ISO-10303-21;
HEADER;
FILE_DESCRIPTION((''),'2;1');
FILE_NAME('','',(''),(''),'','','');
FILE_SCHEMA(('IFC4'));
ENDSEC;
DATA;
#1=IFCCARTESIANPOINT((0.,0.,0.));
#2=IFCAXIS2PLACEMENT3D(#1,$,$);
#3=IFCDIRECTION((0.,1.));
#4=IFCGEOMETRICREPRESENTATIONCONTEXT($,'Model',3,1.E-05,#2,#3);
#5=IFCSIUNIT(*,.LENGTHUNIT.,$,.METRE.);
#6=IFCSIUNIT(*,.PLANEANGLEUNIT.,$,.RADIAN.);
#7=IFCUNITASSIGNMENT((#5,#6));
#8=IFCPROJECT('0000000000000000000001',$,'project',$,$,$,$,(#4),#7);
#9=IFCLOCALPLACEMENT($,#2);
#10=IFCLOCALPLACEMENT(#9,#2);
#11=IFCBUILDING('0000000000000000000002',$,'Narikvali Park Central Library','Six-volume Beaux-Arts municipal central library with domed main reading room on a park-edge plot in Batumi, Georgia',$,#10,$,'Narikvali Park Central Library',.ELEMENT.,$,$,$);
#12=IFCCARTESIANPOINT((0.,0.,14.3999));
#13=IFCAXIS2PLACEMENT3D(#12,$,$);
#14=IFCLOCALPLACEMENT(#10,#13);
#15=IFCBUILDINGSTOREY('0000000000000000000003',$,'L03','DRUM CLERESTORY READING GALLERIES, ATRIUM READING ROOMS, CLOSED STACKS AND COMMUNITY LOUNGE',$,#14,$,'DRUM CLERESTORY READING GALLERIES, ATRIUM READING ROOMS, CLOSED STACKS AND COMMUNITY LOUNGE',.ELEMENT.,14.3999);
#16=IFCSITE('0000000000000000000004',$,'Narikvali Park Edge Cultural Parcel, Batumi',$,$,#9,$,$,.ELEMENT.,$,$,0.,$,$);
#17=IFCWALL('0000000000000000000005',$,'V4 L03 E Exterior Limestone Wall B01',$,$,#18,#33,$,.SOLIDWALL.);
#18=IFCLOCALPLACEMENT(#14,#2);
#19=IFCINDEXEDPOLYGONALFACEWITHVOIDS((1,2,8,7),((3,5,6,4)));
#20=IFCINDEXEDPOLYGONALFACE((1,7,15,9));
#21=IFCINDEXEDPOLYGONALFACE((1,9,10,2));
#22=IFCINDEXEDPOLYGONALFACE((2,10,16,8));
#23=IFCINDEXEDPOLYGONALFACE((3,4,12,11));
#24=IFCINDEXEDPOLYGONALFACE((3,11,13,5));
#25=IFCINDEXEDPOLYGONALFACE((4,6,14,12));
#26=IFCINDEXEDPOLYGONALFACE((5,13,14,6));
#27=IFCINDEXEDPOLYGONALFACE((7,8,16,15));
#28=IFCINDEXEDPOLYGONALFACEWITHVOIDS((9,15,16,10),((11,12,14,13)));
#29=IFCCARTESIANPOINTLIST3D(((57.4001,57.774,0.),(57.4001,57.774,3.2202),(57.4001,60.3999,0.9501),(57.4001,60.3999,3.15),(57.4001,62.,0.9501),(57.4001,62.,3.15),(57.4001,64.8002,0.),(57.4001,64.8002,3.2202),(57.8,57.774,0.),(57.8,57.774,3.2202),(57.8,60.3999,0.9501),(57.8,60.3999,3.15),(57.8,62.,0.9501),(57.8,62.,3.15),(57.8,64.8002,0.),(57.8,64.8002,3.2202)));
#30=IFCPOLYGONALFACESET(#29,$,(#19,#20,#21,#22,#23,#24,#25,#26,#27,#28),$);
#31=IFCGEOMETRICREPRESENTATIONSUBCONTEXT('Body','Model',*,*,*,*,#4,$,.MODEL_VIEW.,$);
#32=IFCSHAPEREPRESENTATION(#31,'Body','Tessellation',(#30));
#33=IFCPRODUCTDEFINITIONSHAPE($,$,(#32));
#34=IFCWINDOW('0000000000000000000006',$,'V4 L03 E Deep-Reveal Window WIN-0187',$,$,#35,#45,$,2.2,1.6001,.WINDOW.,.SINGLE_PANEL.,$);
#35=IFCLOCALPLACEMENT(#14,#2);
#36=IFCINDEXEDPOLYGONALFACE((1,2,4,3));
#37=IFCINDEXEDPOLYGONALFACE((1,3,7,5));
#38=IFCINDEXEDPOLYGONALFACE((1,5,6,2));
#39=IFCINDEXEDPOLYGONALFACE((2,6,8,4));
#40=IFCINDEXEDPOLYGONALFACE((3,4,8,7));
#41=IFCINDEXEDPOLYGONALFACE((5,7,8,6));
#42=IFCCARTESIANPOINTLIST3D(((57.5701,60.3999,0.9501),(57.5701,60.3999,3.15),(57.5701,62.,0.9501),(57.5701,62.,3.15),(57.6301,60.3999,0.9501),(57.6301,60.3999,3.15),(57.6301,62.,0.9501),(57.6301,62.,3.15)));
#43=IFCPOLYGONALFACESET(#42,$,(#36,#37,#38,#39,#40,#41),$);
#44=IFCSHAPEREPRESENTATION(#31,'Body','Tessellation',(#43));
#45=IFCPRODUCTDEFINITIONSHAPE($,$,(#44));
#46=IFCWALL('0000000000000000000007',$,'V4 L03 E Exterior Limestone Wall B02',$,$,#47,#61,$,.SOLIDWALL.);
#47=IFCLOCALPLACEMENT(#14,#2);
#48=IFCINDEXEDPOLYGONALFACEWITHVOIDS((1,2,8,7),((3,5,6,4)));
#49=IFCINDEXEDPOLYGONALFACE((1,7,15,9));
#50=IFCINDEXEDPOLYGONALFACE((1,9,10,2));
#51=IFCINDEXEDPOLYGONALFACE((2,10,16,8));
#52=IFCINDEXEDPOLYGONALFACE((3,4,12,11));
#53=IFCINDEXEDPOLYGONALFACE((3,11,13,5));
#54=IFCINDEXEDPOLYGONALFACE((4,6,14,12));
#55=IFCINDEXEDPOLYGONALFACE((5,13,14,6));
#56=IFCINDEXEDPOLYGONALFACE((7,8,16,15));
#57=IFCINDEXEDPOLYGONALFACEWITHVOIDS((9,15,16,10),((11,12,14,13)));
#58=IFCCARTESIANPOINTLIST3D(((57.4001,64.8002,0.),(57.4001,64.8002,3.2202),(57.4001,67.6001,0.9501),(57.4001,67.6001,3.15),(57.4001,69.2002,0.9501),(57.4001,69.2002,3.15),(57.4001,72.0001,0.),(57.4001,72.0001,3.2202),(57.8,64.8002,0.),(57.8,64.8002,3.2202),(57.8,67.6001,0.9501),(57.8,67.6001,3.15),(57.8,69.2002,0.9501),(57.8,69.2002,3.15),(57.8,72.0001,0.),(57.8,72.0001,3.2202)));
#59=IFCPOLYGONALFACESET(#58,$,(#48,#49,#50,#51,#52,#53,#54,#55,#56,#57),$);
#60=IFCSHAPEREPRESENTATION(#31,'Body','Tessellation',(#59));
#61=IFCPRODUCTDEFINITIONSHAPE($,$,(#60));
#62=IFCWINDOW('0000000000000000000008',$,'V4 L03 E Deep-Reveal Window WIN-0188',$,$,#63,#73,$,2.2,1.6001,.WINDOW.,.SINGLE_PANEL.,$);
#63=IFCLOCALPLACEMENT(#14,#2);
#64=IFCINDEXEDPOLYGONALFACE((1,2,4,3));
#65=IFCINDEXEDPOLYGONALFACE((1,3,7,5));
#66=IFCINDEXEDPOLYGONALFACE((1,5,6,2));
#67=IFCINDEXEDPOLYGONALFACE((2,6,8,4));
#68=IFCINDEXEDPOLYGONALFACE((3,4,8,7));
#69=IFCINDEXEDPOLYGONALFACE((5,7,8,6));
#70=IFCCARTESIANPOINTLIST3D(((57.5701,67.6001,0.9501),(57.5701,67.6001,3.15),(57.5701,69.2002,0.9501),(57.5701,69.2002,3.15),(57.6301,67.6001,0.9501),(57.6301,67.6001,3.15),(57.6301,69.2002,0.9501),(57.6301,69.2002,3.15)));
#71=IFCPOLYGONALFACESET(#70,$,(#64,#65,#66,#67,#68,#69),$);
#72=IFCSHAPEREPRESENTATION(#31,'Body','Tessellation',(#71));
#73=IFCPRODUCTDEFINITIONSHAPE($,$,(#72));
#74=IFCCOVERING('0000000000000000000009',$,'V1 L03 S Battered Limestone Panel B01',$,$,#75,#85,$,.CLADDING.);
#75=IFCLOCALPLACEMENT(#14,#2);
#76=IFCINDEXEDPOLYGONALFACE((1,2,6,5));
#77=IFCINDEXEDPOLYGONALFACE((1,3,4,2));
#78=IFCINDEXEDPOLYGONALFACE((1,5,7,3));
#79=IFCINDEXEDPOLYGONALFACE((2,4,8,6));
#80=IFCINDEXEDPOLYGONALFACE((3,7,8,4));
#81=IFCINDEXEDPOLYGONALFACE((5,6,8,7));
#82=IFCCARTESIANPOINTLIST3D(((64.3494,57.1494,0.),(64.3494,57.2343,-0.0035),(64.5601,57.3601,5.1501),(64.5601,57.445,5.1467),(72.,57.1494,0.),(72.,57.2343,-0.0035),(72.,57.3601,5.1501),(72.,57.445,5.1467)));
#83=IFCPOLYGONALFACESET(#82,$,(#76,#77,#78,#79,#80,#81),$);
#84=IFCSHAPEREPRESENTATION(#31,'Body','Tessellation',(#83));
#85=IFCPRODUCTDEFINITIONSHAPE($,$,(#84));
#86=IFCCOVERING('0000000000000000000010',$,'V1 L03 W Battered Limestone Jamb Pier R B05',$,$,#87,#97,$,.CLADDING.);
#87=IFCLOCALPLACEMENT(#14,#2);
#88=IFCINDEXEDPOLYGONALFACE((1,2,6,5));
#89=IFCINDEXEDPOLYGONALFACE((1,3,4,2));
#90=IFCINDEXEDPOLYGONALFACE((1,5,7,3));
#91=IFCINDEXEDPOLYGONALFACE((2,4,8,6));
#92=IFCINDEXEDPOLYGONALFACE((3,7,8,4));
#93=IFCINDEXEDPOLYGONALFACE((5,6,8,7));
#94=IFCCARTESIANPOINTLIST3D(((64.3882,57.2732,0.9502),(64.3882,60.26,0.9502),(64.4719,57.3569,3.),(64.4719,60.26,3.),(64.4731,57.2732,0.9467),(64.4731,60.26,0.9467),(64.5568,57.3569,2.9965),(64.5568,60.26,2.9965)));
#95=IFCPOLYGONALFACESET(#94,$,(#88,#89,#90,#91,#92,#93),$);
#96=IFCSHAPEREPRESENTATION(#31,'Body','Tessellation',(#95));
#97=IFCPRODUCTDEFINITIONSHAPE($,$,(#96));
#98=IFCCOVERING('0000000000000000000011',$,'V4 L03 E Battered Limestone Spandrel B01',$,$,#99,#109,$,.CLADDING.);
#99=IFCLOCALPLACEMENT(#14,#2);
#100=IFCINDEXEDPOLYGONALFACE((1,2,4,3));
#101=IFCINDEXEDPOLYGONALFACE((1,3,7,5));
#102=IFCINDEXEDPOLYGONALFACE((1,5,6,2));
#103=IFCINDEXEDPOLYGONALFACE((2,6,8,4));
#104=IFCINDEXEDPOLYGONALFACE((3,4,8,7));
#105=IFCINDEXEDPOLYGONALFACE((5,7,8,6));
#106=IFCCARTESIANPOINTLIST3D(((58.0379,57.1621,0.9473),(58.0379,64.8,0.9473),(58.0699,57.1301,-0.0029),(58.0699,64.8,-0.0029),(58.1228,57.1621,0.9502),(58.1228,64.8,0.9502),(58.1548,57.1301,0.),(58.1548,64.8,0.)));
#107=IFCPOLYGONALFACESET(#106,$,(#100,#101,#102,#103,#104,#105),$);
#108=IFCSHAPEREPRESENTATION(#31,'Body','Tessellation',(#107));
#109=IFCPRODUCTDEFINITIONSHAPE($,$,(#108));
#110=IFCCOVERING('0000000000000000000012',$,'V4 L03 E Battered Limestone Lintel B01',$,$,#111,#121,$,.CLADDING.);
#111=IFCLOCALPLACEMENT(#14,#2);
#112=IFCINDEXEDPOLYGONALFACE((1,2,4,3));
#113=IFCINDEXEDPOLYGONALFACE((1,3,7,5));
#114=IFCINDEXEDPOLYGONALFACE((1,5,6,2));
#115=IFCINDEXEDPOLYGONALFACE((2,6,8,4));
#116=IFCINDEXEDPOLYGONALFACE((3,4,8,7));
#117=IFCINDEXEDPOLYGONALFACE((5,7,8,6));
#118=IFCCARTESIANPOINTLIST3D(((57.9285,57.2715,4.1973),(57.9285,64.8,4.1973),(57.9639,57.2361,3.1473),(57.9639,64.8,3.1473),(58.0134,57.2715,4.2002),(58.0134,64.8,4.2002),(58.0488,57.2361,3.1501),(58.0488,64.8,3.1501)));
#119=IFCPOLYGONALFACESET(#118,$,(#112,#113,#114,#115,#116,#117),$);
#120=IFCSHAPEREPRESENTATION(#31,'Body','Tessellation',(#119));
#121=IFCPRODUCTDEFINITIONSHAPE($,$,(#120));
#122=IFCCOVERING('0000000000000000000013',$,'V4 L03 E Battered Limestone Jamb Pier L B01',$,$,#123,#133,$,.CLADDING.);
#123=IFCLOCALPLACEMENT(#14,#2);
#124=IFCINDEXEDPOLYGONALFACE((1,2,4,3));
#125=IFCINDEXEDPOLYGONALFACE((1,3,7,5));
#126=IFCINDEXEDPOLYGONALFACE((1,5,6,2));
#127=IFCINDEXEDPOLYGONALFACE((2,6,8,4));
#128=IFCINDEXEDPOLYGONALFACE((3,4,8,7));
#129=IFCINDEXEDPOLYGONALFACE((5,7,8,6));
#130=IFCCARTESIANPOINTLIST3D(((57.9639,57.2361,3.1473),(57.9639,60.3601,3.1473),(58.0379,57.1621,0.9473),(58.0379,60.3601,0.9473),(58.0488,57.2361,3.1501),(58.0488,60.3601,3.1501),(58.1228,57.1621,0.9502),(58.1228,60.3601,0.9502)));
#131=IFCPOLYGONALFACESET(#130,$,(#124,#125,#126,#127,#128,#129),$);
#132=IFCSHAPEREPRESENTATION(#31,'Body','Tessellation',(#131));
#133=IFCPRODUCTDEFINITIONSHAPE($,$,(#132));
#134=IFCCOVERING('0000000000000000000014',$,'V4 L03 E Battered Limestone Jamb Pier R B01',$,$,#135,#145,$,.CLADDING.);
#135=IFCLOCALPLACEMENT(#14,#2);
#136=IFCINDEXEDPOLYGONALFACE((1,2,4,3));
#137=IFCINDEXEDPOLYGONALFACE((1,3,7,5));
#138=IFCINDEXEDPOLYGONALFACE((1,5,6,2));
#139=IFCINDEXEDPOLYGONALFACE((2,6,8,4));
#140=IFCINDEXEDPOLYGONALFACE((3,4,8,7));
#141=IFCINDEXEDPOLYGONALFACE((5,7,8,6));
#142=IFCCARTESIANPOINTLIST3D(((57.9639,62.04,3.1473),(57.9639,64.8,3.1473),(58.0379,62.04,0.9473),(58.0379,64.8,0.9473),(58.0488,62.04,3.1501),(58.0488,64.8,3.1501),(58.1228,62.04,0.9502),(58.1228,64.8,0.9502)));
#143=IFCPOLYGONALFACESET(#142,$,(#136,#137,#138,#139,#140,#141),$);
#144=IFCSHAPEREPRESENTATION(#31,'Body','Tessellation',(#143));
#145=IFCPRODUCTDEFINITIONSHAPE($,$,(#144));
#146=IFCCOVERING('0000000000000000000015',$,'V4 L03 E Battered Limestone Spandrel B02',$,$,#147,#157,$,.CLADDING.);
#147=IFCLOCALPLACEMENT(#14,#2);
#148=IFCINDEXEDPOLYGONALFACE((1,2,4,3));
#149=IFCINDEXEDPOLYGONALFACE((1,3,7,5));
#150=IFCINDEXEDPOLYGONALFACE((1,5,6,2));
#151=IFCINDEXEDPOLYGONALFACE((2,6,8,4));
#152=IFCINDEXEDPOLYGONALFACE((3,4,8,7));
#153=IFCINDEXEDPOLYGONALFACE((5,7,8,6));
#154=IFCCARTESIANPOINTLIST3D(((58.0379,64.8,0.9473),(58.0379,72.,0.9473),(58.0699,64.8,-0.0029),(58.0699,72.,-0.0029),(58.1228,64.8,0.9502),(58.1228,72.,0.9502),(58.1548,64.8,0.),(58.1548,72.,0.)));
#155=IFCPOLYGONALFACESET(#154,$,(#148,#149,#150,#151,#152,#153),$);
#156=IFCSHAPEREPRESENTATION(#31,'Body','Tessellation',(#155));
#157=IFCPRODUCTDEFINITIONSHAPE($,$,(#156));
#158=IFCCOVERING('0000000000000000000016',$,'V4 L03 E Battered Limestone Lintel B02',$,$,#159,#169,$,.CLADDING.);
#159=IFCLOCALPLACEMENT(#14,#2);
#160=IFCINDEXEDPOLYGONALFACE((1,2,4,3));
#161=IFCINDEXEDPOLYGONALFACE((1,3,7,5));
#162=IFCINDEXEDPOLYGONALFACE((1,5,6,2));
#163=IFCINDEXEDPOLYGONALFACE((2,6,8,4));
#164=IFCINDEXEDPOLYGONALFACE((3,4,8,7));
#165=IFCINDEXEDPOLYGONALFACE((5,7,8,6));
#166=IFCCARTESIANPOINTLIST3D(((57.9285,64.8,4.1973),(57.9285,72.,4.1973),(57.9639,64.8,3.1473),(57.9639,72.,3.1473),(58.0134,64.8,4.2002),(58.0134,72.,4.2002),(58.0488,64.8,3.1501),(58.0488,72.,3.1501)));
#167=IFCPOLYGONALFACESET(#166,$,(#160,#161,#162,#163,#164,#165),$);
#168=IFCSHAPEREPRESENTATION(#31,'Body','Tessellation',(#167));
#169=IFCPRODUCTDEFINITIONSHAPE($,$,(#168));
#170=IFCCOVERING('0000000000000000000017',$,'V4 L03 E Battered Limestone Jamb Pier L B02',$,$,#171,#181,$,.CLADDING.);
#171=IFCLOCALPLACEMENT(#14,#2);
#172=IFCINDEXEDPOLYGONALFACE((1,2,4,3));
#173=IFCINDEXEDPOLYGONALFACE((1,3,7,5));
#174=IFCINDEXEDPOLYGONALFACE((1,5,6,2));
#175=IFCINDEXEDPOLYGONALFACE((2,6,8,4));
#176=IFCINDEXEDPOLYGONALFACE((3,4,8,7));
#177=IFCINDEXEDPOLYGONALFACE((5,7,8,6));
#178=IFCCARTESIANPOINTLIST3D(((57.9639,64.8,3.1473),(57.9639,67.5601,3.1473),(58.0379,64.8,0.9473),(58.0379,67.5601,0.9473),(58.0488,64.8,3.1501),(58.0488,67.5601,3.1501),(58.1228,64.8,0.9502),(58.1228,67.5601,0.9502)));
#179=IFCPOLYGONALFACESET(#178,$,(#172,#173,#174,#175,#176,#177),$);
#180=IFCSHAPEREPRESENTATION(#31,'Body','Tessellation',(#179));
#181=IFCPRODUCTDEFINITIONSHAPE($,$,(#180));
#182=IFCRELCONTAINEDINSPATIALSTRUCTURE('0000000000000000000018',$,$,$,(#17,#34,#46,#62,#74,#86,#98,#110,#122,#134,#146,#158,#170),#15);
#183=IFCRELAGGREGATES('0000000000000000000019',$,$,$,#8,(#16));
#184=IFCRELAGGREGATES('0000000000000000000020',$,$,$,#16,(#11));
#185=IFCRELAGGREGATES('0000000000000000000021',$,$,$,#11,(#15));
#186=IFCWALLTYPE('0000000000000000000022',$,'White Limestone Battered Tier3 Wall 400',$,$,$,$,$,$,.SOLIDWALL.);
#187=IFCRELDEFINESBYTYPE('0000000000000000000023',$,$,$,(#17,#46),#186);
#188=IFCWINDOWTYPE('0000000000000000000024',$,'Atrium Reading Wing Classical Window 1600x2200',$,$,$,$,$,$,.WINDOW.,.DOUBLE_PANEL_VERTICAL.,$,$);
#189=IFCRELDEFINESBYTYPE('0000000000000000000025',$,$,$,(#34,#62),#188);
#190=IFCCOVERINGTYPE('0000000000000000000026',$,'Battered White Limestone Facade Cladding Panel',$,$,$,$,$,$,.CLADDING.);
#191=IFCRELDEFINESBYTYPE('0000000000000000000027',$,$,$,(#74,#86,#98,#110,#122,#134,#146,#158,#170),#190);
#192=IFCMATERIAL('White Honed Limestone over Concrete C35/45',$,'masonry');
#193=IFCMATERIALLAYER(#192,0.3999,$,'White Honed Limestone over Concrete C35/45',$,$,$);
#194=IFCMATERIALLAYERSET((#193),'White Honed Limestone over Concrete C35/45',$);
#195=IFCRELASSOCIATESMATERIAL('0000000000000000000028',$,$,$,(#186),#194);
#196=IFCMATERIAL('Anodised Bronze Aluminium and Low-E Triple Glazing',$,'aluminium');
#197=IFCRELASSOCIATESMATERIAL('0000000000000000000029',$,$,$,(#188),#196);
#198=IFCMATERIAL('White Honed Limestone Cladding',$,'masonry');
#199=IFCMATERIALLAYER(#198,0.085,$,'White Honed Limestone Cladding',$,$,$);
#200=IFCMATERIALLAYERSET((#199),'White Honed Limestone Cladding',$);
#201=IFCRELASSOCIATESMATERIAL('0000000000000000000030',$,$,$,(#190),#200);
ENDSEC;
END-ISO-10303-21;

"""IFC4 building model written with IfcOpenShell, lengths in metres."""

from ifc_helpers import new_model, si_unit, direction, frame, frame_2d, origin, place, context, subcontext, project, spatial, polyline, rectangle, outline, extrude, material, layer, layer_set, type_object, element, fill, save


model = new_model("IFC4")

# Units and contexts
model_context = context("Model", 3, precision=1e-05, world=origin(), true_north=direction((0.0, 1.0)))
body_context = subcontext(model_context, "Body", "Model", "MODEL_VIEW")
ifc_project = project(units=[si_unit("LENGTHUNIT", "METRE"), si_unit("PLANEANGLEUNIT", "RADIAN")], contexts=[model_context])

# Site, building, storey
site_placement = place(None, origin())
site = spatial("IfcSite", under=ifc_project, at=site_placement, Name="Narikvali Park Edge Cultural Parcel, Batumi", CompositionType="ELEMENT", RefElevation=0.0)
building_placement = place(site_placement, origin())
building = spatial("IfcBuilding", under=site, at=building_placement, Name="Narikvali Park Central Library", Description="Six-volume Beaux-Arts municipal central library with domed main reading room on a park-edge plot in Batumi, Georgia", LongName="Narikvali Park Central Library", CompositionType="ELEMENT")
storey_placement = place(building_placement, frame((0.0, 0.0, 14.3999)))
storey = spatial("IfcBuildingStorey", under=building, at=storey_placement, Name="L03", Description="DRUM CLERESTORY READING GALLERIES, ATRIUM READING ROOMS, CLOSED STACKS AND COMMUNITY LOUNGE", LongName="DRUM CLERESTORY READING GALLERIES, ATRIUM READING ROOMS, CLOSED STACKS AND COMMUNITY LOUNGE", CompositionType="ELEMENT", Elevation=14.3999)

# Walls, openings, windows
ifc_material_1 = material(Name="White Honed Limestone over Concrete C35/45", Category="masonry")
ifc_layer_1 = layer(ifc_material_1, 0.3999, Name="White Honed Limestone over Concrete C35/45")
ifc_layer_set_1 = layer_set([ifc_layer_1], Name="White Honed Limestone over Concrete C35/45")
wall_type = type_object("IfcWallType", Name="White Limestone Battered Tier3 Wall 400", PredefinedType="SOLIDWALL", material=ifc_layer_set_1)
wall_1_placement = place(storey_placement, frame((57.6001, 57.7739, 0.0), z_axis=(0.0, 0.0, 1.0), x_axis=(0.0, 1.0, 0.0)))
wall_1 = element("IfcWall", 1, at=wall_1_placement, inside=storey, type_object=wall_type, Name="V4 L03 E Exterior Limestone Wall B01", PredefinedType="SOLIDWALL", context=body_context, shape_type="SweptSolid", body=[
    extrude(rectangle(XDim=7.0261, YDim=0.3999, at=frame_2d((3.5132, 0.0))), origin(), (0.0, 0.0, 1.0), 3.2202),
])
opening_1_placement = place(wall_1_placement, frame((2.626, 0.0, 0.95)))
opening_1 = element("IfcOpeningElement", 2, at=opening_1_placement, cuts=wall_1, PredefinedType="OPENING", context=body_context, shape_type="SweptSolid", body=[
    extrude(rectangle(XDim=1.6001, YDim=2.2, at=frame_2d((0.8, 1.1001))), frame((0.0, 0.2119, 0.0), z_axis=(0.0, -1.0, 0.0), x_axis=(1.0, 0.0, 0.0)), (0.0, 0.0, 1.0), 0.4238),
])
ifc_material_2 = material(Name="Anodised Bronze Aluminium and Low-E Triple Glazing", Category="aluminium")
window_type = type_object("IfcWindowType", Name="Atrium Reading Wing Classical Window 1600x2200", PartitioningType="DOUBLE_PANEL_VERTICAL", PredefinedType="WINDOW", material=ifc_material_2)
window_1_placement = place(opening_1_placement, origin())
window_1 = element("IfcWindow", 3, at=window_1_placement, inside=storey, type_object=window_type, Name="V4 L03 E Deep-Reveal Window WIN-0187", OverallHeight=2.2, OverallWidth=1.6001, PartitioningType="SINGLE_PANEL", PredefinedType="WINDOW", context=body_context, shape_type="SweptSolid", body=[
    extrude(rectangle(XDim=1.6001, YDim=2.2, at=frame_2d((0.8, 1.1001))), frame((0.0, 0.03, 0.0), z_axis=(0.0, -1.0, 0.0), x_axis=(1.0, 0.0, 0.0)), (0.0, 0.0, 1.0), 0.0601),
])
fill(opening_1, window_1)
wall_2_placement = place(storey_placement, frame((57.6001, 64.8, 0.0), z_axis=(0.0, 0.0, 1.0), x_axis=(0.0, 1.0, 0.0)))
wall_2 = element("IfcWall", 4, at=wall_2_placement, inside=storey, type_object=wall_type, Name="V4 L03 E Exterior Limestone Wall B02", PredefinedType="SOLIDWALL", context=body_context, shape_type="SweptSolid", body=[
    extrude(rectangle(XDim=7.2, YDim=0.3999, at=frame_2d((3.6001, 0.0))), origin(), (0.0, 0.0, 1.0), 3.2202),
])
opening_2_placement = place(wall_2_placement, frame((2.8, 0.0, 0.95)))
opening_2 = element("IfcOpeningElement", 5, at=opening_2_placement, cuts=wall_2, PredefinedType="OPENING", context=body_context, shape_type="SweptSolid", body=[
    extrude(rectangle(XDim=1.6001, YDim=2.2, at=frame_2d((0.8, 1.1001))), frame((0.0, 0.2119, 0.0), z_axis=(0.0, -1.0, 0.0), x_axis=(1.0, 0.0, 0.0)), (0.0, 0.0, 1.0), 0.4238),
])
window_2_placement = place(opening_2_placement, origin())
window_2 = element("IfcWindow", 6, at=window_2_placement, inside=storey, type_object=window_type, Name="V4 L03 E Deep-Reveal Window WIN-0188", OverallHeight=2.2, OverallWidth=1.6001, PartitioningType="SINGLE_PANEL", PredefinedType="WINDOW", context=body_context, shape_type="SweptSolid", body=[
    extrude(rectangle(XDim=1.6001, YDim=2.2, at=frame_2d((0.8, 1.1001))), frame((0.0, 0.03, 0.0), z_axis=(0.0, -1.0, 0.0), x_axis=(1.0, 0.0, 0.0)), (0.0, 0.0, 1.0), 0.0601),
])
fill(opening_2, window_2)

# Coverings
ifc_material_3 = material(Name="White Honed Limestone Cladding", Category="masonry")
ifc_layer_2 = layer(ifc_material_3, 0.085, Name="White Honed Limestone Cladding")
ifc_layer_set_2 = layer_set([ifc_layer_2], Name="White Honed Limestone Cladding")
covering_type = type_object("IfcCoveringType", Name="Battered White Limestone Facade Cladding Panel", PredefinedType="CLADDING", material=ifc_layer_set_2)
covering_1_placement = place(storey_placement, frame((64.3494, 57.1494, 0.0), z_axis=(0.0, -0.999164, 0.040876), x_axis=(1.0, 0.0, 0.0)))
element("IfcCovering", 7, at=covering_1_placement, inside=storey, type_object=covering_type, Name="V1 L03 S Battered Limestone Panel B01", PredefinedType="CLADDING", context=body_context, shape_type="SweptSolid", body=[
    extrude(outline(polyline([(0.0, 0.0), (7.6506, 0.0), (7.6506, 5.1545), (0.2107, 5.1545), (0.0, 0.0)])), origin(), (0.0, 0.0, -1.0), 0.085),
])
covering_2_placement = place(storey_placement, frame((64.3882, 60.26, 0.9502), z_axis=(-0.999167, 0.0, 0.040819), x_axis=(0.0, -1.0, 0.0)))
element("IfcCovering", 8, at=covering_2_placement, inside=storey, type_object=covering_type, Name="V1 L03 W Battered Limestone Jamb Pier R B05", PredefinedType="CLADDING", context=body_context, shape_type="SweptSolid", body=[
    extrude(outline(polyline([(0.0, 0.0), (2.9868, 0.0), (2.9031, 2.0515), (0.0, 2.0515), (0.0, 0.0)])), origin(), (0.0, 0.0, -1.0), 0.085),
])
covering_3_placement = place(storey_placement, frame((58.1548, 57.1301, 0.0), z_axis=(0.999434, 0.0, 0.03364), x_axis=(0.0, 1.0, 0.0)))
element("IfcCovering", 9, at=covering_3_placement, inside=storey, type_object=covering_type, Name="V4 L03 E Battered Limestone Spandrel B01", PredefinedType="CLADDING", context=body_context, shape_type="SweptSolid", body=[
    extrude(outline(polyline([(0.0, 0.0), (7.6699, 0.0), (7.6699, 0.9507), (0.032, 0.9507), (0.0, 0.0)])), origin(), (0.0, 0.0, -1.0), 0.085),
])
covering_4_placement = place(storey_placement, frame((58.0488, 57.2361, 3.1501), z_axis=(0.999432, 0.0, 0.033694), x_axis=(0.0, 1.0, 0.0)))
element("IfcCovering", 10, at=covering_4_placement, inside=storey, type_object=covering_type, Name="V4 L03 E Battered Limestone Lintel B01", PredefinedType="CLADDING", context=body_context, shape_type="SweptSolid", body=[
    extrude(outline(polyline([(0.0, 0.0), (7.564, 0.0), (7.564, 1.0506), (0.0354, 1.0506), (0.0, 0.0)])), origin(), (0.0, 0.0, -1.0), 0.085),
])
covering_5_placement = place(storey_placement, frame((58.1228, 57.1621, 0.9502), z_axis=(0.999435, 0.0, 0.033607), x_axis=(0.0, 1.0, 0.0)))
element("IfcCovering", 11, at=covering_5_placement, inside=storey, type_object=covering_type, Name="V4 L03 E Battered Limestone Jamb Pier L B01", PredefinedType="CLADDING", context=body_context, shape_type="SweptSolid", body=[
    extrude(outline(polyline([(0.0, 0.0), (3.198, 0.0), (3.198, 2.2012), (0.074, 2.2012), (0.0, 0.0)])), origin(), (0.0, 0.0, -1.0), 0.085),
])
covering_6_placement = place(storey_placement, frame((58.1228, 62.04, 0.9502), z_axis=(0.999435, 0.0, 0.033607), x_axis=(0.0, 1.0, 0.0)))
element("IfcCovering", 12, at=covering_6_placement, inside=storey, type_object=covering_type, Name="V4 L03 E Battered Limestone Jamb Pier R B01", PredefinedType="CLADDING", context=body_context, shape_type="SweptSolid", body=[
    extrude(outline(polyline([(0.0, 0.0), (2.76, 0.0), (2.76, 2.2012), (0.0, 2.2012), (0.0, 0.0)])), origin(), (0.0, 0.0, -1.0), 0.085),
])
covering_7_placement = place(storey_placement, frame((58.1548, 64.8, 0.0), z_axis=(0.999434, 0.0, 0.03364), x_axis=(0.0, 1.0, 0.0)))
element("IfcCovering", 13, at=covering_7_placement, inside=storey, type_object=covering_type, Name="V4 L03 E Battered Limestone Spandrel B02", PredefinedType="CLADDING", context=body_context, shape_type="SweptSolid", body=[
    extrude(outline(polyline([(0.0, 0.0), (7.2, 0.0), (7.2, 0.9507), (0.0, 0.9507), (0.0, 0.0)])), origin(), (0.0, 0.0, -1.0), 0.085),
])
covering_8_placement = place(storey_placement, frame((58.0488, 64.8, 3.1501), z_axis=(0.999432, 0.0, 0.033694), x_axis=(0.0, 1.0, 0.0)))
element("IfcCovering", 14, at=covering_8_placement, inside=storey, type_object=covering_type, Name="V4 L03 E Battered Limestone Lintel B02", PredefinedType="CLADDING", context=body_context, shape_type="SweptSolid", body=[
    extrude(outline(polyline([(0.0, 0.0), (7.2, 0.0), (7.2, 1.0506), (0.0, 1.0506), (0.0, 0.0)])), origin(), (0.0, 0.0, -1.0), 0.085),
])
covering_9_placement = place(storey_placement, frame((58.1228, 64.8, 0.9502), z_axis=(0.999435, 0.0, 0.033607), x_axis=(0.0, 1.0, 0.0)))
element("IfcCovering", 15, at=covering_9_placement, inside=storey, type_object=covering_type, Name="V4 L03 E Battered Limestone Jamb Pier L B02", PredefinedType="CLADDING", context=body_context, shape_type="SweptSolid", body=[
    extrude(outline(polyline([(0.0, 0.0), (2.76, 0.0), (2.76, 2.2012), (0.0, 2.2012), (0.0, 0.0)])), origin(), (0.0, 0.0, -1.0), 0.085),
])

save(model, "model.ifc")
